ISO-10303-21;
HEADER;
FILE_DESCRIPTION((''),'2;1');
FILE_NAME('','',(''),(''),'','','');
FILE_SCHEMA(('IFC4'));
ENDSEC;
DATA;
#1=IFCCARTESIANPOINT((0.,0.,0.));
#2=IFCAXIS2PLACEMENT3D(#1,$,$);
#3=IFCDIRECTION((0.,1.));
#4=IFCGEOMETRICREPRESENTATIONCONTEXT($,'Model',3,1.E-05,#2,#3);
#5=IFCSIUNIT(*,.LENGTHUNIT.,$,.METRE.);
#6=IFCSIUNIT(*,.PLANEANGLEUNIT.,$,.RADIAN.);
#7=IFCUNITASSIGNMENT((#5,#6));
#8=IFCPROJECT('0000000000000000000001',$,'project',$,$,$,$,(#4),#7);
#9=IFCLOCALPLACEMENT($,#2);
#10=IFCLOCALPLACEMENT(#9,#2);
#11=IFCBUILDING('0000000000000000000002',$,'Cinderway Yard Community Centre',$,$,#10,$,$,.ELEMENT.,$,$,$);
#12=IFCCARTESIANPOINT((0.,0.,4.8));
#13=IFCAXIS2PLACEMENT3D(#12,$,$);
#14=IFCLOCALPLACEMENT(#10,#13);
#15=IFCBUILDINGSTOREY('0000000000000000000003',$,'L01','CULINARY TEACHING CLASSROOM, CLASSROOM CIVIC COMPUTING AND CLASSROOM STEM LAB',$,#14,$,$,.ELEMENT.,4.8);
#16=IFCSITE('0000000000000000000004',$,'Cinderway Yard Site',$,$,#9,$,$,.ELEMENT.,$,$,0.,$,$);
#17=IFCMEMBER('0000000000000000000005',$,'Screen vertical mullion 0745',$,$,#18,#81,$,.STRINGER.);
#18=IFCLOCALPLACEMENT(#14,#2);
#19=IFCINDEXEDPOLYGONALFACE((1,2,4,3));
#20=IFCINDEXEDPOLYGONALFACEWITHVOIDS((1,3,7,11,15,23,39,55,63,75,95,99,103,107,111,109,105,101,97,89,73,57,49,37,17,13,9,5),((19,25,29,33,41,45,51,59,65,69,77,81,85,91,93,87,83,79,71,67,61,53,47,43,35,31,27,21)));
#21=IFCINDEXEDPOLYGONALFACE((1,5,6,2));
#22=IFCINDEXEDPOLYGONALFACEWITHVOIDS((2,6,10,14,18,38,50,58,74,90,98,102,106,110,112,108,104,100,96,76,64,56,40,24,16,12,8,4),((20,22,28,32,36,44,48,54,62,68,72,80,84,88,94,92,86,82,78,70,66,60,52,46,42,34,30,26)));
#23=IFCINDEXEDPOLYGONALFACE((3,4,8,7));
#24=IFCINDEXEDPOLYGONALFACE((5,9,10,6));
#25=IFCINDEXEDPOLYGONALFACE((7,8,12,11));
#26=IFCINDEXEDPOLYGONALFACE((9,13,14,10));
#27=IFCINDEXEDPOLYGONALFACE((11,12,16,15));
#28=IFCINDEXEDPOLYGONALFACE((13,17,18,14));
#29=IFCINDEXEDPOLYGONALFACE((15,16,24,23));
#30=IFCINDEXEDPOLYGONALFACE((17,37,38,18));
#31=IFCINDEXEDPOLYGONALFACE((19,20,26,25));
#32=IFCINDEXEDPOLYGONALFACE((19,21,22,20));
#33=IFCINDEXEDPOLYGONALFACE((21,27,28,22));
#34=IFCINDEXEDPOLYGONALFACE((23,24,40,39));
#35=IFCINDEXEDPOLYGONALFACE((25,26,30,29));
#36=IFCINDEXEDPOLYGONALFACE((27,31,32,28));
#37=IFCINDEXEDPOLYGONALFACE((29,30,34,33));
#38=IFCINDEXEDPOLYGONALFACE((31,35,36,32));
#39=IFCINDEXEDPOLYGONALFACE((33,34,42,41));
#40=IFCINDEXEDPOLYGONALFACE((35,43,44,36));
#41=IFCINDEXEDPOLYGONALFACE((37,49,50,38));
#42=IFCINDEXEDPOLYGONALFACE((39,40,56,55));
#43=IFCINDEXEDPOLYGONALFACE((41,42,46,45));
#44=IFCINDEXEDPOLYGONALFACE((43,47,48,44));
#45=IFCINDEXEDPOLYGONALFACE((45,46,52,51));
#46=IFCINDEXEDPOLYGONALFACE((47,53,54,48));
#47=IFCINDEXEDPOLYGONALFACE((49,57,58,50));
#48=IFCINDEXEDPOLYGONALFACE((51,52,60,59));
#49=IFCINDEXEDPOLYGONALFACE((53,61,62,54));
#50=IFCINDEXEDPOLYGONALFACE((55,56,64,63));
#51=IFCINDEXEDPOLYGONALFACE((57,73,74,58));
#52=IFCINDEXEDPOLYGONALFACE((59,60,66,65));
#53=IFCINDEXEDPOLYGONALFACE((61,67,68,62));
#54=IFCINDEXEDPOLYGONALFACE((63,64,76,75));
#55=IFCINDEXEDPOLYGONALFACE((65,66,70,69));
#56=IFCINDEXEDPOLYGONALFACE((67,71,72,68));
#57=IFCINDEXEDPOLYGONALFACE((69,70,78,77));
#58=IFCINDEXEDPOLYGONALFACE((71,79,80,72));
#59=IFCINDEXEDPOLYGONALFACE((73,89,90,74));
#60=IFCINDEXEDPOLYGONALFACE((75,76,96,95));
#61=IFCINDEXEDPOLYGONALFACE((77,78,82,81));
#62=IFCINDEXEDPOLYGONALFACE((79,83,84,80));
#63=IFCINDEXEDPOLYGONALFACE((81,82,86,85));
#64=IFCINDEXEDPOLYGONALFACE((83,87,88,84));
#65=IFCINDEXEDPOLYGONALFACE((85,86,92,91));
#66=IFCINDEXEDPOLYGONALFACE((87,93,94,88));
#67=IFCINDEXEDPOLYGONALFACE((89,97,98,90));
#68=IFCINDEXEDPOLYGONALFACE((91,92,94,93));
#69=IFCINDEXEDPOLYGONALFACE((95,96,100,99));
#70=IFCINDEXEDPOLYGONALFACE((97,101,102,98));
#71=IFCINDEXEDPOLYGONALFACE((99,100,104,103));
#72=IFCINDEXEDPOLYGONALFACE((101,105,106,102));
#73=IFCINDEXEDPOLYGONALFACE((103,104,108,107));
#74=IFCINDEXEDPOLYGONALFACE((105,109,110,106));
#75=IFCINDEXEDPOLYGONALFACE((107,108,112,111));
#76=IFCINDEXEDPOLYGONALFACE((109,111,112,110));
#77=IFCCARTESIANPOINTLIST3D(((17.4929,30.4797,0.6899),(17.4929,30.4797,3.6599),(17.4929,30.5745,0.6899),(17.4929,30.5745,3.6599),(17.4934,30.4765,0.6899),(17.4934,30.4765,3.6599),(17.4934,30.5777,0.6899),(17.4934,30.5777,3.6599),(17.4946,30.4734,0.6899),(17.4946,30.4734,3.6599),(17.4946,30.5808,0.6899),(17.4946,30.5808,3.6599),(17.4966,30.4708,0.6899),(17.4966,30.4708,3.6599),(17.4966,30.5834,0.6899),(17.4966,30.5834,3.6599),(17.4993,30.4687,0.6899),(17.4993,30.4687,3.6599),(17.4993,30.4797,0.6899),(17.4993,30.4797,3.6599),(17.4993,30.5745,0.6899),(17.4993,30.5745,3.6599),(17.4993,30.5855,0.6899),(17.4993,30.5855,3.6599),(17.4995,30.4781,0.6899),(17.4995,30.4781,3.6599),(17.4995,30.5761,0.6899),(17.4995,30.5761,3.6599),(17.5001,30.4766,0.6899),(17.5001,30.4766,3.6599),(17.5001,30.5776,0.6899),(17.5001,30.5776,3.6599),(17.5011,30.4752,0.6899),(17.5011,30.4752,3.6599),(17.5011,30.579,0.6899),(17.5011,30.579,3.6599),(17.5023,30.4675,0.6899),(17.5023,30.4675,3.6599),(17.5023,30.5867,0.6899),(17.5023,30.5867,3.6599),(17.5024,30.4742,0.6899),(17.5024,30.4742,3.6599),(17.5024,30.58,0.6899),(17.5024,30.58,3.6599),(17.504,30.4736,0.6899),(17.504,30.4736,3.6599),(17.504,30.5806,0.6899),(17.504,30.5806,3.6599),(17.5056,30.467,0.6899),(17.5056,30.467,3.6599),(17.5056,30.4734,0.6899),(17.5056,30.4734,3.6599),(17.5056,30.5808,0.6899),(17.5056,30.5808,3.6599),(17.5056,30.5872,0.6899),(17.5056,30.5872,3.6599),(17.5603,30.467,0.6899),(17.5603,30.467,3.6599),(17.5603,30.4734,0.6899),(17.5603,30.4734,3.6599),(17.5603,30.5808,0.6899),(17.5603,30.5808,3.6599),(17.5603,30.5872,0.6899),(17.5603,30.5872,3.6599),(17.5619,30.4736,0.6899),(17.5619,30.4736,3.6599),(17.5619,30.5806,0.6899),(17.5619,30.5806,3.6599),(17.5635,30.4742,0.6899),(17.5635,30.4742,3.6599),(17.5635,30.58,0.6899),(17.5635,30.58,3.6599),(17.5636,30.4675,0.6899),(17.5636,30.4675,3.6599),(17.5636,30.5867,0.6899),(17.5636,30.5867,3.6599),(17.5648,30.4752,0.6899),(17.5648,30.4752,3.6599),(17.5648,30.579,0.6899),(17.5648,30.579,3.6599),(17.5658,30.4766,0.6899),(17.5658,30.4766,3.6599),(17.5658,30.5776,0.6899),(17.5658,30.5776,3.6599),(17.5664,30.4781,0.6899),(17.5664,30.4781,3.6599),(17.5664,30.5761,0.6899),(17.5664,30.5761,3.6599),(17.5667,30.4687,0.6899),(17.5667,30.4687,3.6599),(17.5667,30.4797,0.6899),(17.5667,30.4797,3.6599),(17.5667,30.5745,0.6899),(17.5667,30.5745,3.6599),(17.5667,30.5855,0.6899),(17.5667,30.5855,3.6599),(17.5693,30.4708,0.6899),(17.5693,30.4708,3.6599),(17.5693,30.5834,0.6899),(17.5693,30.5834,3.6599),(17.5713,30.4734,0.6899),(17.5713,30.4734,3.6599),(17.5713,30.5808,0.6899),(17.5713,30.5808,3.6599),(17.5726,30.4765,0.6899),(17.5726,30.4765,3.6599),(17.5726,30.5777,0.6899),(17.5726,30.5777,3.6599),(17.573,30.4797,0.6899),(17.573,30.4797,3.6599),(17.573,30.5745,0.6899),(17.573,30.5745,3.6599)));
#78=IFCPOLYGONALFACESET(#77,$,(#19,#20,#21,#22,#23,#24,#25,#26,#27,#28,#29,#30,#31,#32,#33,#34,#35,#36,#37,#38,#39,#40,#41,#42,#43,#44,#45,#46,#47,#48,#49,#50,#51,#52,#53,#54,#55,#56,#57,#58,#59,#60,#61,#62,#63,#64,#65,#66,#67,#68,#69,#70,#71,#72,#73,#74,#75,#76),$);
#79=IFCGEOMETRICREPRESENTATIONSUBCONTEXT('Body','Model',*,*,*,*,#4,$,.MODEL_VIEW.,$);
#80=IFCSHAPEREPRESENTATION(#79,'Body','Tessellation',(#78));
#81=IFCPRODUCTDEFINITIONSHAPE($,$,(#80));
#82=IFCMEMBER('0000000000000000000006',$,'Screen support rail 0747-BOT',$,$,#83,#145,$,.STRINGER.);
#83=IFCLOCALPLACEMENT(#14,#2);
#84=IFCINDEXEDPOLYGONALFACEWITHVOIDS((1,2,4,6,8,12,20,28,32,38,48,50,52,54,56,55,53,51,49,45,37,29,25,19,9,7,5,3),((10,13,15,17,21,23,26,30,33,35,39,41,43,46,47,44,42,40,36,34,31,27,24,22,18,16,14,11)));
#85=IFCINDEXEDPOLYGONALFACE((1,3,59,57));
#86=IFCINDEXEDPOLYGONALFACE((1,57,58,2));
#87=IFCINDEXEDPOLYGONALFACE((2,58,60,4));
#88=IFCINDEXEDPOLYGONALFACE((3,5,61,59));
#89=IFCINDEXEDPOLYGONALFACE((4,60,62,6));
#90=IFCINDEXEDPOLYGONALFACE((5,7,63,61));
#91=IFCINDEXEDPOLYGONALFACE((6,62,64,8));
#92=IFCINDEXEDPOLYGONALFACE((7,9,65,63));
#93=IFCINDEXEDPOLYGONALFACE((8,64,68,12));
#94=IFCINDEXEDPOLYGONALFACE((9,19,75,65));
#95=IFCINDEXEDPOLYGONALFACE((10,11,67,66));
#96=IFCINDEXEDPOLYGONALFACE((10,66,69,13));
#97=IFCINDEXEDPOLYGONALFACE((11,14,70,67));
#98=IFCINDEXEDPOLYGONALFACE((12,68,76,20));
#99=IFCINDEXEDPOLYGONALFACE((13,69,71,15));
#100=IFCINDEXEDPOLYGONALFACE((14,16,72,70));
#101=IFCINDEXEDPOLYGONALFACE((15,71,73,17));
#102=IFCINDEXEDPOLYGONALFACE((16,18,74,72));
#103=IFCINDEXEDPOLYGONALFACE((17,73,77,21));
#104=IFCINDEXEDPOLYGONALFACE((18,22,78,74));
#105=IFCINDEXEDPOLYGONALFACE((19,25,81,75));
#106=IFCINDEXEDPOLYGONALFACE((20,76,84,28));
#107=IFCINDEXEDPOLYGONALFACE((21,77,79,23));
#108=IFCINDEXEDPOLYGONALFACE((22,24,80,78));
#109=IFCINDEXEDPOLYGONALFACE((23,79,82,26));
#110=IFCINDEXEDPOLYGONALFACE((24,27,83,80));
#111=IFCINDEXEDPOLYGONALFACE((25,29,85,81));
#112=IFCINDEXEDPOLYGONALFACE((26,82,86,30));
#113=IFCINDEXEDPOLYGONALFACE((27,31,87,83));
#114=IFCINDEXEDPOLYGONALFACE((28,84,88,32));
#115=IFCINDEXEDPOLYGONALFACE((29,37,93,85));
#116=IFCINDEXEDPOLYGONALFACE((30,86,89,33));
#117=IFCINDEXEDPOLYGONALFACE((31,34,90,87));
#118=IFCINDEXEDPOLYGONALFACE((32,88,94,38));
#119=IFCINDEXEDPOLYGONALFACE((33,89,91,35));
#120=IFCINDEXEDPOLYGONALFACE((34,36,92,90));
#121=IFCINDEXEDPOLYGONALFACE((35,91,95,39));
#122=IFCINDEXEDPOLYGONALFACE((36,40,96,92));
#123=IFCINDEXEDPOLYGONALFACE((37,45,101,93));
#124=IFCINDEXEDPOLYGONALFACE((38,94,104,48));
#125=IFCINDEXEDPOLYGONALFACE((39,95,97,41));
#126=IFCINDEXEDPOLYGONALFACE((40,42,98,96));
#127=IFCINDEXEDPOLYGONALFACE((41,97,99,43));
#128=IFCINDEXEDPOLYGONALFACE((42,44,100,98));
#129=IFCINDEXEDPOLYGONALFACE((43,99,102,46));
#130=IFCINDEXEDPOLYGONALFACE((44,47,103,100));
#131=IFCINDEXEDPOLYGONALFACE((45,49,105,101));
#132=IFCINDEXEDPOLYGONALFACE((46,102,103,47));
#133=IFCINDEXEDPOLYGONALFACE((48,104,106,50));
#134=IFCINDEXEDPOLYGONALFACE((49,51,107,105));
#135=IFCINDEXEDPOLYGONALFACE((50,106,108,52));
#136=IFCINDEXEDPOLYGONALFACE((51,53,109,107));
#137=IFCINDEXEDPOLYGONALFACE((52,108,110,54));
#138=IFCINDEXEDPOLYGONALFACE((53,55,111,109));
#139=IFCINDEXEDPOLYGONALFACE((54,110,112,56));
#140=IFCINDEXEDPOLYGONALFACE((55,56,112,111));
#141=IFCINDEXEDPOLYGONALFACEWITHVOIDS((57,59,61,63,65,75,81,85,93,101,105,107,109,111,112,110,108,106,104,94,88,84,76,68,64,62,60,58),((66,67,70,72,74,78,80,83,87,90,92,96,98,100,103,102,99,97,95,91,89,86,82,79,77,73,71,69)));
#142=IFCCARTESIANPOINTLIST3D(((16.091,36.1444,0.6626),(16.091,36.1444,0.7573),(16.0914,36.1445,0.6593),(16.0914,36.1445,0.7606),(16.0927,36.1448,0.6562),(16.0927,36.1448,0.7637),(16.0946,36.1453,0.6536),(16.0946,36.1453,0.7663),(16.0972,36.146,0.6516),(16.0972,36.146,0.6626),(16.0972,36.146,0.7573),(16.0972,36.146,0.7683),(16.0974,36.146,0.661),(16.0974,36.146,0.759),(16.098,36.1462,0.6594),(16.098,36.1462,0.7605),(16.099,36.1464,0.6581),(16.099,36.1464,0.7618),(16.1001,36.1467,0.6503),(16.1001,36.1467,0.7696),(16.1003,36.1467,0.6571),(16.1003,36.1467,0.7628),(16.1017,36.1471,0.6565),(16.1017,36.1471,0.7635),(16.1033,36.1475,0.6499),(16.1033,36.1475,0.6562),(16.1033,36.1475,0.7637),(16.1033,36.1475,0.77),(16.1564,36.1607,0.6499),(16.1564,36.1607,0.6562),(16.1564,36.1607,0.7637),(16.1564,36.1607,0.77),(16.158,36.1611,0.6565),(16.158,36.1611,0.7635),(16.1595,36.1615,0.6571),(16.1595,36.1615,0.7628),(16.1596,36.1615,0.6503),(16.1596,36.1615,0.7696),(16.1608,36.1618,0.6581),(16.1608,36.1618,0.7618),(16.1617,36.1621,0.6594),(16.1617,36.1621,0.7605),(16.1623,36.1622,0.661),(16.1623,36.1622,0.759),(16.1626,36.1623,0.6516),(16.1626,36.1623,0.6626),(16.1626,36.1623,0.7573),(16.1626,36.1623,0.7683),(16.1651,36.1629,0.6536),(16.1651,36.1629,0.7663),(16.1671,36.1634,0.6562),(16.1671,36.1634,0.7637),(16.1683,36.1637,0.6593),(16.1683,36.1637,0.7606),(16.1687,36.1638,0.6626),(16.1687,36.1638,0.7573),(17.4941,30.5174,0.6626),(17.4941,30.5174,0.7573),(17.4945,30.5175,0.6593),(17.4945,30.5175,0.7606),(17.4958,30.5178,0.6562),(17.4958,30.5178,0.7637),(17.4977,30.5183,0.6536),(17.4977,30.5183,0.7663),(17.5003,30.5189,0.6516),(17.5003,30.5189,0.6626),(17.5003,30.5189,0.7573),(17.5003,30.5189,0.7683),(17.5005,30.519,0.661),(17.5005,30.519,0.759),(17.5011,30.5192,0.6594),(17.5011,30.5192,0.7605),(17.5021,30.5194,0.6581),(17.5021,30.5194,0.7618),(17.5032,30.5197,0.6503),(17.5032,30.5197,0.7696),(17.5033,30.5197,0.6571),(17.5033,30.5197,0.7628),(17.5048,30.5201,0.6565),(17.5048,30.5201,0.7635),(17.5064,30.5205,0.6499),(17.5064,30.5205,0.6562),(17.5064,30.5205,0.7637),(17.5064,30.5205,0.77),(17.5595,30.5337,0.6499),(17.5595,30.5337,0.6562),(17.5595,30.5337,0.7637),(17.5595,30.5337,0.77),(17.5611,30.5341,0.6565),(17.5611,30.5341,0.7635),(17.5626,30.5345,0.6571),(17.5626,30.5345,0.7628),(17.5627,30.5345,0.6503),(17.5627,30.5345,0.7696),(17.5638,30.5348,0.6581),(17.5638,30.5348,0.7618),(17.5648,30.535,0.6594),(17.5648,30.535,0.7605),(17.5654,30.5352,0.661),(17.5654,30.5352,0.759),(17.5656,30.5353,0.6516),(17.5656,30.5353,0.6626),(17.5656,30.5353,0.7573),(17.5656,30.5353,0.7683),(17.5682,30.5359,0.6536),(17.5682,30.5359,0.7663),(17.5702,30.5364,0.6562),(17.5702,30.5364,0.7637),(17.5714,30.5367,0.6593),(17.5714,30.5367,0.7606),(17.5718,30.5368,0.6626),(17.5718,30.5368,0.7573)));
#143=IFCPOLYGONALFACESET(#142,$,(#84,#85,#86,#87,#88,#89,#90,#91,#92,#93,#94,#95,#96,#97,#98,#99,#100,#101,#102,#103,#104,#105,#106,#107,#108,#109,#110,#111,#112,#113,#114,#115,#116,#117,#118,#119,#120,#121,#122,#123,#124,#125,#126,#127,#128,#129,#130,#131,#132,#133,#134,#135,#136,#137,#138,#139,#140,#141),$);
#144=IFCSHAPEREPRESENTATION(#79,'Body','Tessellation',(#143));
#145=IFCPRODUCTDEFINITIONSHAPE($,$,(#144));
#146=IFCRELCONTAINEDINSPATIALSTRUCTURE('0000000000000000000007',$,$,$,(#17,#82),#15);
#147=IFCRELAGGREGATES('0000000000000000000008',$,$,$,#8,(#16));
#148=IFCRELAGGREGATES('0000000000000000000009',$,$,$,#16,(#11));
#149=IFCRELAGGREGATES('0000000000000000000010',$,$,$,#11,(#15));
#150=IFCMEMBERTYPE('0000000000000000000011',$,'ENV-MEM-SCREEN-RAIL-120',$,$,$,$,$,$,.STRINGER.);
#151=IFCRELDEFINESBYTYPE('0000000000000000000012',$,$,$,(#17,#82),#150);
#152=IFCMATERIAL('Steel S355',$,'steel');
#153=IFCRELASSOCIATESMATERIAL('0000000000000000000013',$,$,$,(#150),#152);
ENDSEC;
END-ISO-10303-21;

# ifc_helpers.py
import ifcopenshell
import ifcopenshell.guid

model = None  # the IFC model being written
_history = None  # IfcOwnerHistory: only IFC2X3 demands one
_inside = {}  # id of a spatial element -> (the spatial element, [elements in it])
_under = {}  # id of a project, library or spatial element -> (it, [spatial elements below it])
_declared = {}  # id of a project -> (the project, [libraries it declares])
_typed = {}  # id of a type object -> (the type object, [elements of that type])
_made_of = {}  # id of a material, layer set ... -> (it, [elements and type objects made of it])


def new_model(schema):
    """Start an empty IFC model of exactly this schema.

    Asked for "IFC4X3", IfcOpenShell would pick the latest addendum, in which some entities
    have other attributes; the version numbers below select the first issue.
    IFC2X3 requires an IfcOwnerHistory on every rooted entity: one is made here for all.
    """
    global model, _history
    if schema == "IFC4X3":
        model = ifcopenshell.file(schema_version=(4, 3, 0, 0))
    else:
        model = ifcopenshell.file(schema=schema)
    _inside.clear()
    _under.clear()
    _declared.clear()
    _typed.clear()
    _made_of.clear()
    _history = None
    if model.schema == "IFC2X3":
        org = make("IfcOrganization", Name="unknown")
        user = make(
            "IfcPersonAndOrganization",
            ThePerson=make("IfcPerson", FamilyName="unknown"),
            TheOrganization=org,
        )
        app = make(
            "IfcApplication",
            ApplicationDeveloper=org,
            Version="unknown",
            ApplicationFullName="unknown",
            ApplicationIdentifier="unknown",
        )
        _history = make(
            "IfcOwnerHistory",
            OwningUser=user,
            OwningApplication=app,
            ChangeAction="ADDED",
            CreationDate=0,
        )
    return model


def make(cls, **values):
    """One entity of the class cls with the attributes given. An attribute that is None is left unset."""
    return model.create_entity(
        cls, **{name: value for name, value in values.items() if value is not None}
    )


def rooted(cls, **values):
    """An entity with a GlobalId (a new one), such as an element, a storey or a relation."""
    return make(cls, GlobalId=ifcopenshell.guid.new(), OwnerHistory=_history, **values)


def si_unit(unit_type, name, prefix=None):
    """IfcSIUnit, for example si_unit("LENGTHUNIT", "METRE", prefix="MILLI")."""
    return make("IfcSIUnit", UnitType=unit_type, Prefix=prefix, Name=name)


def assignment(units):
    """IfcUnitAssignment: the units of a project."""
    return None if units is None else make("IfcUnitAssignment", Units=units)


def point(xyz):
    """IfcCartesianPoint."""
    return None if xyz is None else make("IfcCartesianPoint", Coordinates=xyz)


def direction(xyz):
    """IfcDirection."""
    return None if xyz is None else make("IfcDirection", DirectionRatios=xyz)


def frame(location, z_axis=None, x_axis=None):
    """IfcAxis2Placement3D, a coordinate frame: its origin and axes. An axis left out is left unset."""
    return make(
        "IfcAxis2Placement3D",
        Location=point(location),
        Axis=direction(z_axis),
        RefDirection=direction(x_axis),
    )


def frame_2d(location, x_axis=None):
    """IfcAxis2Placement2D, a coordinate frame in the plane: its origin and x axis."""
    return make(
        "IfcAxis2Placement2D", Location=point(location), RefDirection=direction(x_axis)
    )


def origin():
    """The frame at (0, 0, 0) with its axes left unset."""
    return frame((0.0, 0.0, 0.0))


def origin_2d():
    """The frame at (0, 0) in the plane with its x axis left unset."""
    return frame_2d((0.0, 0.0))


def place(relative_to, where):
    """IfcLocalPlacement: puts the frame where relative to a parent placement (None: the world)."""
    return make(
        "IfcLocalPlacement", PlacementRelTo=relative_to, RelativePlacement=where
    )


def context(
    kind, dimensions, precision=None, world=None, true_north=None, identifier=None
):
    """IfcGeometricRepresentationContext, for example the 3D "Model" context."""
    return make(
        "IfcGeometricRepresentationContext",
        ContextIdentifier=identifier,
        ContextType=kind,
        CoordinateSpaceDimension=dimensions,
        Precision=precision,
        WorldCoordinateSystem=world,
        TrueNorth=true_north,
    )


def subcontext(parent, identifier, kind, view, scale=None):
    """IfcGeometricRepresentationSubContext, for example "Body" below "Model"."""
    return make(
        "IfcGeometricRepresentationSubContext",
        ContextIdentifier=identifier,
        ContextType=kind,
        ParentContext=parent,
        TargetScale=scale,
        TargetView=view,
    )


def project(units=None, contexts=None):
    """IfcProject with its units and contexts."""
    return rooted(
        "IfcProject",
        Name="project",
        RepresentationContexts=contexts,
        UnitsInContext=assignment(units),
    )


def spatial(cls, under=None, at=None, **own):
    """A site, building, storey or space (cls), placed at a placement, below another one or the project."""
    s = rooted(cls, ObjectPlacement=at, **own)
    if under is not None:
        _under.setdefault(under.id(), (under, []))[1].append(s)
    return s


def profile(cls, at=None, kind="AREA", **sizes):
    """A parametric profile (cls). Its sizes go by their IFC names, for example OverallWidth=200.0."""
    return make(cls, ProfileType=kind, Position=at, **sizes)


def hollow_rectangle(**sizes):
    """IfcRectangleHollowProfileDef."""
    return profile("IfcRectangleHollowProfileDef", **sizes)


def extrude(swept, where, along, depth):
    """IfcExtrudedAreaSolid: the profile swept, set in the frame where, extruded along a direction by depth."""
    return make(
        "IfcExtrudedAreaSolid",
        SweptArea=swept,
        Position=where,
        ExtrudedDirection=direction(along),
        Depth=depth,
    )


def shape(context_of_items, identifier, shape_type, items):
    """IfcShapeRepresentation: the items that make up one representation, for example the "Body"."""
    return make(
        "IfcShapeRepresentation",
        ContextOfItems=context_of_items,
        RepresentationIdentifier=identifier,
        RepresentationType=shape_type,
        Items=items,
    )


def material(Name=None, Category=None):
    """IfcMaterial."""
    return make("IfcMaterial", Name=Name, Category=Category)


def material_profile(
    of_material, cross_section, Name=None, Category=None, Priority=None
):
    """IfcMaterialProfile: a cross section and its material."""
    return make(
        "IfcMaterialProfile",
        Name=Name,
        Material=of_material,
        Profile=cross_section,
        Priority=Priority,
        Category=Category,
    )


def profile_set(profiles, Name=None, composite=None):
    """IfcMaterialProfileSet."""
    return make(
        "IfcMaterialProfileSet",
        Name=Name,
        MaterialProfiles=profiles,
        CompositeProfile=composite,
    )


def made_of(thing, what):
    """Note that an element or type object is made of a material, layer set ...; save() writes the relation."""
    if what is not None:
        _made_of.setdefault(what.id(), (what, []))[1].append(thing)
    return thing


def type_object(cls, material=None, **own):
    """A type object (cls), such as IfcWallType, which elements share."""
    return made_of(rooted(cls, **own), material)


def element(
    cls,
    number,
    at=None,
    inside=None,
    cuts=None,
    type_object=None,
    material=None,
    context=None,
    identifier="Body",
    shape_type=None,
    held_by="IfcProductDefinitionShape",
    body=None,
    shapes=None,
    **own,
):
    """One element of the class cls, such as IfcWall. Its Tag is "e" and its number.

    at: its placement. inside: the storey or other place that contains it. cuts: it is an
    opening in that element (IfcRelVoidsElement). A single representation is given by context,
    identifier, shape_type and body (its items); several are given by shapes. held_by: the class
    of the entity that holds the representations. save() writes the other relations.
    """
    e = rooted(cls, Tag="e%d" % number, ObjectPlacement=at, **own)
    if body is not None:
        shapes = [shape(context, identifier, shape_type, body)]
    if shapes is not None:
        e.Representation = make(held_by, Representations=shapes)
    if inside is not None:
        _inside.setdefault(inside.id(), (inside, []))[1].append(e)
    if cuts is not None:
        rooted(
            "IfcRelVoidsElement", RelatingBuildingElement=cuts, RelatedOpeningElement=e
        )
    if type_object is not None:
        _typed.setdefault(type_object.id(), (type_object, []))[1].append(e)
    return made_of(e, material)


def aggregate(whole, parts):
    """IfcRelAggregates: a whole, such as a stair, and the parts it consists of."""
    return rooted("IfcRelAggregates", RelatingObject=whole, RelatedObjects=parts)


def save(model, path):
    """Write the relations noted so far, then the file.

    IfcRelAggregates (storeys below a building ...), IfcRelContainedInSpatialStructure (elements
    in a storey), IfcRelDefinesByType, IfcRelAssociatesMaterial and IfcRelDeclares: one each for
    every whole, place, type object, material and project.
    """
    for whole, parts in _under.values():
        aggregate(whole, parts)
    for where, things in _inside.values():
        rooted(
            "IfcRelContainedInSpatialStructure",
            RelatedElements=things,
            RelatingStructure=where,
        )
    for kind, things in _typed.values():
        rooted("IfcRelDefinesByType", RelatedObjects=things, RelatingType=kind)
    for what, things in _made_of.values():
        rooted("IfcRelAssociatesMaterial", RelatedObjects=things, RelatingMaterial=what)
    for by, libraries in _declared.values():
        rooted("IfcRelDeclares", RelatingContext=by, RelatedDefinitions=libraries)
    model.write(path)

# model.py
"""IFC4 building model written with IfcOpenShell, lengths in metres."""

from ifc_helpers import new_model, si_unit, direction, frame, origin, origin_2d, place, context, subcontext, project, spatial, hollow_rectangle, extrude, material, material_profile, profile_set, type_object, element, save


model = new_model("IFC4")

# Units and contexts
model_context = context("Model", 3, precision=1e-05, world=origin(), true_north=direction((0.0, 1.0)))
body_context = subcontext(model_context, "Body", "Model", "MODEL_VIEW")
ifc_project = project(units=[si_unit("LENGTHUNIT", "METRE"), si_unit("PLANEANGLEUNIT", "RADIAN")], contexts=[model_context])

# Site, building, storey
site_placement = place(None, origin())
site = spatial("IfcSite", under=ifc_project, at=site_placement, Name="Cinderway Yard Site", CompositionType="ELEMENT", RefElevation=0.0)
building_placement = place(site_placement, origin())
building = spatial("IfcBuilding", under=site, at=building_placement, Name="Cinderway Yard Community Centre", CompositionType="ELEMENT")
storey_placement = place(building_placement, frame((0.0, 0.0, 4.8)))
storey = spatial("IfcBuildingStorey", under=building, at=storey_placement, Name="L01", Description="CULINARY TEACHING CLASSROOM, CLASSROOM CIVIC COMPUTING AND CLASSROOM STEM LAB", CompositionType="ELEMENT", Elevation=4.8)

# Members
ifc_material_1 = material(Name="Steel S355", Category="steel")
ifc_material_profile_1 = material_profile(ifc_material_1, hollow_rectangle(XDim=0.0801, YDim=0.1201, WallThickness=0.0063, InnerFilletRadius=0.0063, OuterFilletRadius=0.0127, at=origin_2d()), Name="Steel S355")
ifc_profile_set_1 = profile_set([ifc_material_profile_1], Name="Steel S355")
member_type_1 = type_object("IfcMemberType", Name="ENV-MEM-SCREEN-RAIL-120", PredefinedType="STRINGER", material=ifc_profile_set_1)
for number, where, z_axis, x_axis, name in (
    (1, (17.533, 30.5271, 0.6899), (0.0, 0.0, 1.0), (1.0, 0.0, 0.0), "Screen vertical mullion 0745"),
):
    element("IfcMember", number, at=place(storey_placement, frame(where, z_axis=z_axis, x_axis=x_axis)), inside=storey, type_object=member_type_1, Name=name, PredefinedType="STRINGER", context=body_context, shape_type="SweptSolid", body=[
        extrude(hollow_rectangle(XDim=0.0801, YDim=0.1201, WallThickness=0.0063, InnerFilletRadius=0.0063, OuterFilletRadius=0.0127, at=origin_2d()), origin(), (0.0, 0.0, 1.0), 2.97),
    ])
for number, where, z_axis, x_axis, name in (
    (2, (17.533, 30.5271, 0.71), (-0.241941, 0.970291, 0.0), (-0.970291, -0.241941, 0.0), "Screen support rail 0747-BOT"),
):
    element("IfcMember", number, at=place(storey_placement, frame(where, z_axis=z_axis, x_axis=x_axis)), inside=storey, type_object=member_type_1, Name=name, PredefinedType="STRINGER", context=body_context, shape_type="SweptSolid", body=[
        extrude(hollow_rectangle(XDim=0.0801, YDim=0.1201, WallThickness=0.0063, InnerFilletRadius=0.0063, OuterFilletRadius=0.0127, at=origin_2d()), origin(), (0.0, 0.0, 1.0), 5.7993),
    ])

save(model, "model.ifc")
